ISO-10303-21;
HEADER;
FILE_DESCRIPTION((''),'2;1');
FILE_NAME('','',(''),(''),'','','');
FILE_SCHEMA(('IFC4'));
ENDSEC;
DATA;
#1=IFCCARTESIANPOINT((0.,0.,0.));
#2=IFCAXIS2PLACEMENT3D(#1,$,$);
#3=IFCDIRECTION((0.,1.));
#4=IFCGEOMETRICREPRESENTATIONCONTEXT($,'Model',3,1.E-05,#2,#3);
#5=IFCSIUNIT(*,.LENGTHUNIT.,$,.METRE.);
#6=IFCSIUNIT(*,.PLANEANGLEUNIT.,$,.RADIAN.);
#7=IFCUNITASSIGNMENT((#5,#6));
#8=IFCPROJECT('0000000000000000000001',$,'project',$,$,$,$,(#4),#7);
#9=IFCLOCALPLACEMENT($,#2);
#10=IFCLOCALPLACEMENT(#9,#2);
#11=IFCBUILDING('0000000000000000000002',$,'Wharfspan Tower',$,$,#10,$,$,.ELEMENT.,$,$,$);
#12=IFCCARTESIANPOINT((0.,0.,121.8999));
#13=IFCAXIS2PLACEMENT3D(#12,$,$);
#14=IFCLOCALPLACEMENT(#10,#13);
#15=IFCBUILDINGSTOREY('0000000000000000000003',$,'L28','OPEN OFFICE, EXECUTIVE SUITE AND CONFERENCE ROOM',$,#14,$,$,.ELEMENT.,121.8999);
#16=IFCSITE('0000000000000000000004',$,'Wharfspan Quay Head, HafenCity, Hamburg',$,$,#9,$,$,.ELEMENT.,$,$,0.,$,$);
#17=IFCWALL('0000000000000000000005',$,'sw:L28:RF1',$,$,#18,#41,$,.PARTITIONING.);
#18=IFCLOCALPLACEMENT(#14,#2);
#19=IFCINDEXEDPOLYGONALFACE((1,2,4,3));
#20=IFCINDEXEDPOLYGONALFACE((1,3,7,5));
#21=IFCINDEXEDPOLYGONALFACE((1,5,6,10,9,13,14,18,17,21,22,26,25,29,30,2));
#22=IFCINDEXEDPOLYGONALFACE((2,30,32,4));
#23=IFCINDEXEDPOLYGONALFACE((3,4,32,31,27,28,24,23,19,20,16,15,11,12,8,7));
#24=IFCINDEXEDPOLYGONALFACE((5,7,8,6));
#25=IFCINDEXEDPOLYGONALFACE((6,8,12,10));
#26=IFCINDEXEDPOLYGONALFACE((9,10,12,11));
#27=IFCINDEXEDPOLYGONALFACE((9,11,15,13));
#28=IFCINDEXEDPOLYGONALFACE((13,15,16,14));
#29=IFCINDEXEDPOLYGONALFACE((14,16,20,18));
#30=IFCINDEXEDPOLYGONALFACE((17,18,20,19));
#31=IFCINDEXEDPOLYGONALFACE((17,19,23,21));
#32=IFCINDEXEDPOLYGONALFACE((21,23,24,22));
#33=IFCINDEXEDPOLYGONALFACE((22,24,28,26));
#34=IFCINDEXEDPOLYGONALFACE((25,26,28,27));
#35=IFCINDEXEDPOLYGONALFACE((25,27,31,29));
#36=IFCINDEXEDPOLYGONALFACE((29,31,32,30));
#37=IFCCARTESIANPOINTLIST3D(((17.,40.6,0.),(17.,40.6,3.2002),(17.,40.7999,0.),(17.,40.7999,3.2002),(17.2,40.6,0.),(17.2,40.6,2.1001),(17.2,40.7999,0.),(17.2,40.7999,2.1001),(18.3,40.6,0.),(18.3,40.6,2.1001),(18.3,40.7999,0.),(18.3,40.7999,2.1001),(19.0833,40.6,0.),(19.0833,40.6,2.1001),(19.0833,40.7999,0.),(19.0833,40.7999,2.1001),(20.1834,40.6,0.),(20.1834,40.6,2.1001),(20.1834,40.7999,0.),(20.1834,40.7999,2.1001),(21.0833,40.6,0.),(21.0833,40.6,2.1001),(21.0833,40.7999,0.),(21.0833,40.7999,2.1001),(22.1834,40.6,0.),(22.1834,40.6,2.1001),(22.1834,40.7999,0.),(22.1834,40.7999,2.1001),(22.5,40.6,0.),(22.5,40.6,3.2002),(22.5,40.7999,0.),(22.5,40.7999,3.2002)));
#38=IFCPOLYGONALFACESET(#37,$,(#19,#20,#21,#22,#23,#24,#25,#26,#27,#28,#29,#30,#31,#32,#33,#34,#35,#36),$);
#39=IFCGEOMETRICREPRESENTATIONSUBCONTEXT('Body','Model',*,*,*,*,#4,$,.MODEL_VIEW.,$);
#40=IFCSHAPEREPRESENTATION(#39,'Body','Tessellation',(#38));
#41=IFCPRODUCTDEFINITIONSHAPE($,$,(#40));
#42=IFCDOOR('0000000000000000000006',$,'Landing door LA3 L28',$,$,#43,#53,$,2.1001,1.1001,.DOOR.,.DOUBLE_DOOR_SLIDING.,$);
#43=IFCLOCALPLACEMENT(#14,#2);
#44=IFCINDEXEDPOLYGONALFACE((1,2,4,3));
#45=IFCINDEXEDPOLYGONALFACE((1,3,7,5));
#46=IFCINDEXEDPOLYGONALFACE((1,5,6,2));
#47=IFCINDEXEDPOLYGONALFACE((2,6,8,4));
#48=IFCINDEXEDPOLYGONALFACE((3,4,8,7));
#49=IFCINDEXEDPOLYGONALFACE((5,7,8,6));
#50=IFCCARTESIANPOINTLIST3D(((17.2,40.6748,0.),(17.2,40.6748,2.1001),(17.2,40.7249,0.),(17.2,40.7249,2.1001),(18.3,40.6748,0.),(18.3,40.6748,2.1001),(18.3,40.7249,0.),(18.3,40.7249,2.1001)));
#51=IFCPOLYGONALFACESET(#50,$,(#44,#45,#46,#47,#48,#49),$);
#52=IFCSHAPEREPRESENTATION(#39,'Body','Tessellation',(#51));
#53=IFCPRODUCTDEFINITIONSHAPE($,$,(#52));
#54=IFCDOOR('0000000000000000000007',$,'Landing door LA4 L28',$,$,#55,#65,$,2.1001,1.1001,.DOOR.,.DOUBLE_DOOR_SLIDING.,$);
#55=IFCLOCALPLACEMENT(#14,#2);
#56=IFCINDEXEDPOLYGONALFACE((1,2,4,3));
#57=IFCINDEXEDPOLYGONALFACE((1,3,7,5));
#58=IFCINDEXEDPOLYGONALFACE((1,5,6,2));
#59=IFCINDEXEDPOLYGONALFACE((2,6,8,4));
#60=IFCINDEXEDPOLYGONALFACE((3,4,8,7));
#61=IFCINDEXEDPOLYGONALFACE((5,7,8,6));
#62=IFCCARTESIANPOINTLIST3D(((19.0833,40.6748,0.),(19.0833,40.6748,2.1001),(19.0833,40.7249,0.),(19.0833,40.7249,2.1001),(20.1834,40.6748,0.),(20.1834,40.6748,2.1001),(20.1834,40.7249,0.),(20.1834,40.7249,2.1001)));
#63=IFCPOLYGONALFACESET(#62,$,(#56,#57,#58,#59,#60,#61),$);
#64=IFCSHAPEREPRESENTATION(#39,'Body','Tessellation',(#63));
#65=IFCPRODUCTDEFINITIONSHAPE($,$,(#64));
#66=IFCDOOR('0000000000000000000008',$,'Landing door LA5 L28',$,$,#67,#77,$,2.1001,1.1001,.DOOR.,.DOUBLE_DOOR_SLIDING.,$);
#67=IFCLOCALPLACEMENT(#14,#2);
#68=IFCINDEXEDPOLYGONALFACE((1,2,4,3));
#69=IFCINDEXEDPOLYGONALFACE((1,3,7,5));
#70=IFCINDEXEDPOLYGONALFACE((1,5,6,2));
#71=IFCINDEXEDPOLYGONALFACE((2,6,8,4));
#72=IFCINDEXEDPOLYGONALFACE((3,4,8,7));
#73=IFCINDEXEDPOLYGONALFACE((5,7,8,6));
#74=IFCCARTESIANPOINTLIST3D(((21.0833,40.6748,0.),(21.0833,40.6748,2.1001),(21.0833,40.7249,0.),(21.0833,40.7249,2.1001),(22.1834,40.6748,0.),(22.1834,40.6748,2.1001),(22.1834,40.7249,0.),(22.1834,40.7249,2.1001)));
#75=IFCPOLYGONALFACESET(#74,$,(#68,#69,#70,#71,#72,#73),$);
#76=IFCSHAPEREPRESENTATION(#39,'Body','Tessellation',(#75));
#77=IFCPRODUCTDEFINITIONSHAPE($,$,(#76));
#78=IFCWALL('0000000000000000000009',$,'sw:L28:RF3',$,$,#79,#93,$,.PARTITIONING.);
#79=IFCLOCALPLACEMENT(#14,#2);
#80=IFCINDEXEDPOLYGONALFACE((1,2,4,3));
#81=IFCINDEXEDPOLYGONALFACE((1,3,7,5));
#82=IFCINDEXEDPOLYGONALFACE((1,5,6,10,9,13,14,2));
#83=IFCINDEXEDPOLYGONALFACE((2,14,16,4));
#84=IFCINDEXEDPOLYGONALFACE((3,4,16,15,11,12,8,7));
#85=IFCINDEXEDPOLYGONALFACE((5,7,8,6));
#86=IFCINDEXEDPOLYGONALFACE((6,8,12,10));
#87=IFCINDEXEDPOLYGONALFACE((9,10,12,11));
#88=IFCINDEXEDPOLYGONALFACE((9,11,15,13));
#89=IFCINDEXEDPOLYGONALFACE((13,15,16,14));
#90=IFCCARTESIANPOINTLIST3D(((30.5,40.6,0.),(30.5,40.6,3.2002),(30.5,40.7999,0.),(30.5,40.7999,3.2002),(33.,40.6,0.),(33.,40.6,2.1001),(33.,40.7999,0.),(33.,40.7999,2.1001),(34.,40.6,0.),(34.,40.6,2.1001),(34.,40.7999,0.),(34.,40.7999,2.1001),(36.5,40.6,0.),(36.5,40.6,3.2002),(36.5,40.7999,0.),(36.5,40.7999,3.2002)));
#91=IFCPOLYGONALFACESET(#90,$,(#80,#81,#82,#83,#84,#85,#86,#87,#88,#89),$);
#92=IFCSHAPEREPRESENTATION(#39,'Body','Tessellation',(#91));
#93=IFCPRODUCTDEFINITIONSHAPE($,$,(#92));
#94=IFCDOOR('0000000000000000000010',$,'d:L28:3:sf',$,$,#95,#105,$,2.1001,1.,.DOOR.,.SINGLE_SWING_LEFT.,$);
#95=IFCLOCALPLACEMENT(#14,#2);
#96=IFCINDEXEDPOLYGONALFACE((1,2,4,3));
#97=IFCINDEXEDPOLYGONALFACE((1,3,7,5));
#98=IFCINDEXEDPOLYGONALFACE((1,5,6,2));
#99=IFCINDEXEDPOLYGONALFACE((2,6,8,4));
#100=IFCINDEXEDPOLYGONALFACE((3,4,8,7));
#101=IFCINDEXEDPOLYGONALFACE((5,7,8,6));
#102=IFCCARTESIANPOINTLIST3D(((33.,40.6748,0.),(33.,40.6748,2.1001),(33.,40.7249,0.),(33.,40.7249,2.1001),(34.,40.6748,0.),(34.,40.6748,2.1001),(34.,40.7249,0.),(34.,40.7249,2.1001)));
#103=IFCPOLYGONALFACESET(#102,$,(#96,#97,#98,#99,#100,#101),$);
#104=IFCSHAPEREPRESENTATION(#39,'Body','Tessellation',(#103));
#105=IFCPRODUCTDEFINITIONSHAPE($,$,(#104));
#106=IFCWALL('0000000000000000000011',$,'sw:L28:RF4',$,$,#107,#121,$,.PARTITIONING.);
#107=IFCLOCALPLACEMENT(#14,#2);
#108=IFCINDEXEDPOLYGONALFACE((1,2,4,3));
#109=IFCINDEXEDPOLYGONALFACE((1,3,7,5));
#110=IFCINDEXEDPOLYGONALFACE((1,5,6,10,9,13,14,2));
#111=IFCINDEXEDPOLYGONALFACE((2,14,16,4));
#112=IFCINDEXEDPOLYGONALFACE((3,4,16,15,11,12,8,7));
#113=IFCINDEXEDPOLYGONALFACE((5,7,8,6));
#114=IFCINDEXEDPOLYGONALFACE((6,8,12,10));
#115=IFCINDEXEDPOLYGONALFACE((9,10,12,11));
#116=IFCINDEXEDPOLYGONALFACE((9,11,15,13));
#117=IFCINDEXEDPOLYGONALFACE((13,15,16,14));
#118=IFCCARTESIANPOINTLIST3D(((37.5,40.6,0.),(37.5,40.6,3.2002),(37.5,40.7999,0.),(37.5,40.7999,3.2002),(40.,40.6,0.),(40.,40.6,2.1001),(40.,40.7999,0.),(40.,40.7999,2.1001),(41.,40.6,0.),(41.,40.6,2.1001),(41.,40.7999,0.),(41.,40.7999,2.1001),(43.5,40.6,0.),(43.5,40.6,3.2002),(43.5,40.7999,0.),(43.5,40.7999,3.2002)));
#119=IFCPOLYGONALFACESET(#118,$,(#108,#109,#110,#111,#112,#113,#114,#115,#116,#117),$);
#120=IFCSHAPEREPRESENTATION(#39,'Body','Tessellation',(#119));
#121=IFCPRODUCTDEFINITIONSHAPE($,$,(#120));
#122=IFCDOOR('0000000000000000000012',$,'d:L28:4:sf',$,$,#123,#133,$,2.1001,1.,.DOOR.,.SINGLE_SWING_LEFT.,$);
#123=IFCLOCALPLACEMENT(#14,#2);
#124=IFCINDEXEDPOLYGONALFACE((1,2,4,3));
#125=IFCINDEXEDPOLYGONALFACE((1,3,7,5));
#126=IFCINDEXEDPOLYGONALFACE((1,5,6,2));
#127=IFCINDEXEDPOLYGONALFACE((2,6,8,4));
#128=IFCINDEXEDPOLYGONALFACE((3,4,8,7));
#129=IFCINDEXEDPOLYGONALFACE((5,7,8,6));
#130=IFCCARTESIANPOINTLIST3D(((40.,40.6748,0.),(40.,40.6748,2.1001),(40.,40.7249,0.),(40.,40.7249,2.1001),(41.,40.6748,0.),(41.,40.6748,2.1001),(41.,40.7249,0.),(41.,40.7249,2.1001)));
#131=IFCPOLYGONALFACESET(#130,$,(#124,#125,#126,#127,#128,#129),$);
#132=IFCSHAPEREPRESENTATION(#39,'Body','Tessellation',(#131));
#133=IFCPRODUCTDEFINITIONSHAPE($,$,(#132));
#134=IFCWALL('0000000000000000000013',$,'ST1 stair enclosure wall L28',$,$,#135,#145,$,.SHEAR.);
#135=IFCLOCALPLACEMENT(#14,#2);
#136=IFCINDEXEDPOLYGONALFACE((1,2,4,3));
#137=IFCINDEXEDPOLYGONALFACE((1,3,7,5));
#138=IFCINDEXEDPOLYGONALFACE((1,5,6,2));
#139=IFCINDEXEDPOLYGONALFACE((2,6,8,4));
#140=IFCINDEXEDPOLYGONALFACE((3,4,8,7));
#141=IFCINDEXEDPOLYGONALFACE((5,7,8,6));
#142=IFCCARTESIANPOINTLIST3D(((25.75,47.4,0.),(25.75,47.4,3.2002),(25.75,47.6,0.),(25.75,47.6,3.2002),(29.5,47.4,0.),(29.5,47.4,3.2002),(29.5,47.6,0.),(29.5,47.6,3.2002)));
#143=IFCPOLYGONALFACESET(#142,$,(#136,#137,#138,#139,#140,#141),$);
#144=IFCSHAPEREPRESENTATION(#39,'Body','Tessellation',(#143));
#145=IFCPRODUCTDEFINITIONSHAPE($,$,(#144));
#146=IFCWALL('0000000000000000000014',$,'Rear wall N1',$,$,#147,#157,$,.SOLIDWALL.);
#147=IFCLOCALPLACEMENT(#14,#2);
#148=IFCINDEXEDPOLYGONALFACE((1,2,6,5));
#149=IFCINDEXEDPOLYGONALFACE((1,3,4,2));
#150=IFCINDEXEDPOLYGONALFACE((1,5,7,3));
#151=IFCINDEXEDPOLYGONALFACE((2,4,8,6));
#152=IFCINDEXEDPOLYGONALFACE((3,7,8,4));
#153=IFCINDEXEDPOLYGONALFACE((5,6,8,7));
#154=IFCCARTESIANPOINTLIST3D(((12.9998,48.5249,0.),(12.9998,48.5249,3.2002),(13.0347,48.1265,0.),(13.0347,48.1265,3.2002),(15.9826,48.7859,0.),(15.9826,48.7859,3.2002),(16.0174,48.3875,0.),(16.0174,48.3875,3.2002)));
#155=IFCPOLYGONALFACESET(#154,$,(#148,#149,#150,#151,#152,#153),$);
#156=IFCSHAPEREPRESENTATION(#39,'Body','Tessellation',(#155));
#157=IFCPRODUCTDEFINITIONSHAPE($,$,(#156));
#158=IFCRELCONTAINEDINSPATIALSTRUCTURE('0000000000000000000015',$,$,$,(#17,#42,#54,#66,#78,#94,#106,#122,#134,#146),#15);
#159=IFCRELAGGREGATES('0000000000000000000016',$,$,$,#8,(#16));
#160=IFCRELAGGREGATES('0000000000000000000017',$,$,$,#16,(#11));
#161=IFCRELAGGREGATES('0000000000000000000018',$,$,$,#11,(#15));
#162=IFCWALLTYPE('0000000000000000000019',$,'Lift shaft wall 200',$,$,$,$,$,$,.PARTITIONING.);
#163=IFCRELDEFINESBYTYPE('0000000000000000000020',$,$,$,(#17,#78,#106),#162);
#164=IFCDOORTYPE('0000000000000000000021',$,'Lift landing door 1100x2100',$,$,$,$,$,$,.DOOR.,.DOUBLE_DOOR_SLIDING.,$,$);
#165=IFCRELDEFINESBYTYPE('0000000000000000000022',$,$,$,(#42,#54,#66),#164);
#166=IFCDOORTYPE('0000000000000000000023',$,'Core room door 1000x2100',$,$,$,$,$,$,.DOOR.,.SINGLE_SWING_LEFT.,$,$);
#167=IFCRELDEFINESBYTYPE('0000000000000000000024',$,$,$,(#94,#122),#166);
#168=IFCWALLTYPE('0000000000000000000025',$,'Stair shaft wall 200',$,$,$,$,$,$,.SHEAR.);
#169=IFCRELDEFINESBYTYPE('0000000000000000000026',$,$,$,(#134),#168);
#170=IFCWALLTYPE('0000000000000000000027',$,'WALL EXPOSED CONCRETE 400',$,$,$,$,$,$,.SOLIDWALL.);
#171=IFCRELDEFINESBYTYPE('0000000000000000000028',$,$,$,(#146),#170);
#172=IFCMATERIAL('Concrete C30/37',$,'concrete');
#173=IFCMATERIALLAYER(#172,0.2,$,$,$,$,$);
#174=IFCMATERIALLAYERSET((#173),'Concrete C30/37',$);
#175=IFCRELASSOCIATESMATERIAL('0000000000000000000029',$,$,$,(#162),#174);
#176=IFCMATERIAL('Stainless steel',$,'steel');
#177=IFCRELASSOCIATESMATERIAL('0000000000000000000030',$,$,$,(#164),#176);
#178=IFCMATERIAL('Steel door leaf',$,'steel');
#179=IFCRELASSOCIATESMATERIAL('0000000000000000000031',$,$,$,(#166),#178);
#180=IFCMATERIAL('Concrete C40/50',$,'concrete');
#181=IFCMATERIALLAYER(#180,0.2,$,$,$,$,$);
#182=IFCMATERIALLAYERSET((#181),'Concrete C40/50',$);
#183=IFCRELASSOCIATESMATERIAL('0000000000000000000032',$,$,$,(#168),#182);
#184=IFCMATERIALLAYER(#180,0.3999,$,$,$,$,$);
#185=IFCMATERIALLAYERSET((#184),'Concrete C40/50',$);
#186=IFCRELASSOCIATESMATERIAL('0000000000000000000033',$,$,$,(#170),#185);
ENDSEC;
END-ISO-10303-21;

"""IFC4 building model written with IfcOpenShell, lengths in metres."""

from ifc_helpers import new_model, si_unit, direction, frame, frame_2d, origin, place, context, subcontext, project, spatial, rectangle, extrude, material, layer, layer_set, type_object, element, fill, save


model = new_model("IFC4")

# Units and contexts
model_context = context("Model", 3, precision=1e-05, world=origin(), true_north=direction((0.0, 1.0)))
body_context = subcontext(model_context, "Body", "Model", "MODEL_VIEW")
ifc_project = project(units=[si_unit("LENGTHUNIT", "METRE"), si_unit("PLANEANGLEUNIT", "RADIAN")], contexts=[model_context])

# Site, building, storey
site_placement = place(None, origin())
site = spatial("IfcSite", under=ifc_project, at=site_placement, Name="Wharfspan Quay Head, HafenCity, Hamburg", CompositionType="ELEMENT", RefElevation=0.0)
building_placement = place(site_placement, origin())
building = spatial("IfcBuilding", under=site, at=building_placement, Name="Wharfspan Tower", CompositionType="ELEMENT")
storey_placement = place(building_placement, frame((0.0, 0.0, 121.8999)))
storey = spatial("IfcBuildingStorey", under=building, at=storey_placement, Name="L28", Description="OPEN OFFICE, EXECUTIVE SUITE AND CONFERENCE ROOM", CompositionType="ELEMENT", Elevation=121.8999)

# Wall, openings, doors
ifc_material_1 = material(Name="Concrete C30/37", Category="concrete")
ifc_layer_1 = layer(ifc_material_1, 0.2)
ifc_layer_set_1 = layer_set([ifc_layer_1], Name="Concrete C30/37")
wall_type_1 = type_object("IfcWallType", Name="Lift shaft wall 200", PredefinedType="PARTITIONING", material=ifc_layer_set_1)
wall_1_placement = place(storey_placement, frame((17.0, 40.7, 0.0), z_axis=(0.0, 0.0, 1.0), x_axis=(1.0, 0.0, 0.0)))
wall_1 = element("IfcWall", 1, at=wall_1_placement, inside=storey, type_object=wall_type_1, Name="sw:L28:RF1", PredefinedType="PARTITIONING", context=body_context, shape_type="SweptSolid", body=[
    extrude(rectangle(XDim=5.5, YDim=0.2, at=frame_2d((2.75, 0.0))), origin(), (0.0, 0.0, 1.0), 3.2002),
])
opening_1_placement = place(wall_1_placement, frame((0.2, 0.0, 0.0)))
opening_1 = element("IfcOpeningElement", 2, at=opening_1_placement, cuts=wall_1, PredefinedType="OPENING", context=body_context, shape_type="SweptSolid", body=[
    extrude(rectangle(XDim=1.1001, YDim=2.1001, at=frame_2d((0.55, 1.05))), frame((0.0, 0.1099, 0.0), z_axis=(0.0, -1.0, 0.0), x_axis=(1.0, 0.0, 0.0)), (0.0, 0.0, 1.0), 0.22),
])
opening_2_placement = place(wall_1_placement, frame((2.0833, 0.0, 0.0)))
opening_2 = element("IfcOpeningElement", 3, at=opening_2_placement, cuts=wall_1, PredefinedType="OPENING", context=body_context, shape_type="SweptSolid", body=[
    extrude(rectangle(XDim=1.1001, YDim=2.1001, at=frame_2d((0.55, 1.05))), frame((0.0, 0.1099, 0.0), z_axis=(0.0, -1.0, 0.0), x_axis=(1.0, 0.0, 0.0)), (0.0, 0.0, 1.0), 0.22),
])
opening_3_placement = place(wall_1_placement, frame((4.0833, 0.0, 0.0)))
opening_3 = element("IfcOpeningElement", 4, at=opening_3_placement, cuts=wall_1, PredefinedType="OPENING", context=body_context, shape_type="SweptSolid", body=[
    extrude(rectangle(XDim=1.1001, YDim=2.1001, at=frame_2d((0.55, 1.05))), frame((0.0, 0.1099, 0.0), z_axis=(0.0, -1.0, 0.0), x_axis=(1.0, 0.0, 0.0)), (0.0, 0.0, 1.0), 0.22),
])
ifc_material_2 = material(Name="Stainless steel", Category="steel")
door_type_1 = type_object("IfcDoorType", Name="Lift landing door 1100x2100", OperationType="DOUBLE_DOOR_SLIDING", PredefinedType="DOOR", material=ifc_material_2)
door_1_placement = place(opening_1_placement, origin())
door_1 = element("IfcDoor", 5, at=door_1_placement, inside=storey, type_object=door_type_1, Name="Landing door LA3 L28", OperationType="DOUBLE_DOOR_SLIDING", OverallHeight=2.1001, OverallWidth=1.1001, PredefinedType="DOOR", context=body_context, shape_type="SweptSolid", body=[
    extrude(rectangle(XDim=1.1001, YDim=2.1001, at=frame_2d((0.55, 1.05))), frame((0.0, 0.0249, 0.0), z_axis=(0.0, -1.0, 0.0), x_axis=(1.0, 0.0, 0.0)), (0.0, 0.0, 1.0), 0.05),
])
fill(opening_1, door_1)
door_2_placement = place(opening_2_placement, origin())
door_2 = element("IfcDoor", 6, at=door_2_placement, inside=storey, type_object=door_type_1, Name="Landing door LA4 L28", OperationType="DOUBLE_DOOR_SLIDING", OverallHeight=2.1001, OverallWidth=1.1001, PredefinedType="DOOR", context=body_context, shape_type="SweptSolid", body=[
    extrude(rectangle(XDim=1.1001, YDim=2.1001, at=frame_2d((0.55, 1.05))), frame((0.0, 0.0249, 0.0), z_axis=(0.0, -1.0, 0.0), x_axis=(1.0, 0.0, 0.0)), (0.0, 0.0, 1.0), 0.05),
])
fill(opening_2, door_2)
door_3_placement = place(opening_3_placement, origin())
door_3 = element("IfcDoor", 7, at=door_3_placement, inside=storey, type_object=door_type_1, Name="Landing door LA5 L28", OperationType="DOUBLE_DOOR_SLIDING", OverallHeight=2.1001, OverallWidth=1.1001, PredefinedType="DOOR", context=body_context, shape_type="SweptSolid", body=[
    extrude(rectangle(XDim=1.1001, YDim=2.1001, at=frame_2d((0.55, 1.05))), frame((0.0, 0.0249, 0.0), z_axis=(0.0, -1.0, 0.0), x_axis=(1.0, 0.0, 0.0)), (0.0, 0.0, 1.0), 0.05),
])
fill(opening_3, door_3)

# Walls, openings, doors
wall_2_placement = place(storey_placement, frame((30.5, 40.7, 0.0), z_axis=(0.0, 0.0, 1.0), x_axis=(1.0, 0.0, 0.0)))
wall_2 = element("IfcWall", 8, at=wall_2_placement, inside=storey, type_object=wall_type_1, Name="sw:L28:RF3", PredefinedType="PARTITIONING", context=body_context, shape_type="SweptSolid", body=[
    extrude(rectangle(XDim=6.0, YDim=0.2, at=frame_2d((3.0, 0.0))), origin(), (0.0, 0.0, 1.0), 3.2002),
])
opening_4_placement = place(wall_2_placement, frame((2.5, 0.0, 0.0)))
opening_4 = element("IfcOpeningElement", 9, at=opening_4_placement, cuts=wall_2, PredefinedType="OPENING", context=body_context, shape_type="SweptSolid", body=[
    extrude(rectangle(XDim=1.0, YDim=2.1001, at=frame_2d((0.5, 1.05))), frame((0.0, 0.1099, 0.0), z_axis=(0.0, -1.0, 0.0), x_axis=(1.0, 0.0, 0.0)), (0.0, 0.0, 1.0), 0.22),
])
ifc_material_3 = material(Name="Steel door leaf", Category="steel")
door_type_2 = type_object("IfcDoorType", Name="Core room door 1000x2100", OperationType="SINGLE_SWING_LEFT", PredefinedType="DOOR", material=ifc_material_3)
door_4_placement = place(opening_4_placement, origin())
door_4 = element("IfcDoor", 10, at=door_4_placement, inside=storey, type_object=door_type_2, Name="d:L28:3:sf", OperationType="SINGLE_SWING_LEFT", OverallHeight=2.1001, OverallWidth=1.0, PredefinedType="DOOR", context=body_context, shape_type="SweptSolid", body=[
    extrude(rectangle(XDim=1.0, YDim=2.1001, at=frame_2d((0.5, 1.05))), frame((0.0, 0.0249, 0.0), z_axis=(0.0, -1.0, 0.0), x_axis=(1.0, 0.0, 0.0)), (0.0, 0.0, 1.0), 0.05),
])
fill(opening_4, door_4)
wall_3_placement = place(storey_placement, frame((37.5, 40.7, 0.0), z_axis=(0.0, 0.0, 1.0), x_axis=(1.0, 0.0, 0.0)))
wall_3 = element("IfcWall", 11, at=wall_3_placement, inside=storey, type_object=wall_type_1, Name="sw:L28:RF4", PredefinedType="PARTITIONING", context=body_context, shape_type="SweptSolid", body=[
    extrude(rectangle(XDim=6.0, YDim=0.2, at=frame_2d((3.0, 0.0))), origin(), (0.0, 0.0, 1.0), 3.2002),
])
opening_5_placement = place(wall_3_placement, frame((2.5, 0.0, 0.0)))
opening_5 = element("IfcOpeningElement", 12, at=opening_5_placement, cuts=wall_3, PredefinedType="OPENING", context=body_context, shape_type="SweptSolid", body=[
    extrude(rectangle(XDim=1.0, YDim=2.1001, at=frame_2d((0.5, 1.05))), frame((0.0, 0.1099, 0.0), z_axis=(0.0, -1.0, 0.0), x_axis=(1.0, 0.0, 0.0)), (0.0, 0.0, 1.0), 0.22),
])
door_5_placement = place(opening_5_placement, origin())
door_5 = element("IfcDoor", 13, at=door_5_placement, inside=storey, type_object=door_type_2, Name="d:L28:4:sf", OperationType="SINGLE_SWING_LEFT", OverallHeight=2.1001, OverallWidth=1.0, PredefinedType="DOOR", context=body_context, shape_type="SweptSolid", body=[
    extrude(rectangle(XDim=1.0, YDim=2.1001, at=frame_2d((0.5, 1.05))), frame((0.0, 0.0249, 0.0), z_axis=(0.0, -1.0, 0.0), x_axis=(1.0, 0.0, 0.0)), (0.0, 0.0, 1.0), 0.05),
])
fill(opening_5, door_5)

# Walls
ifc_material_4 = material(Name="Concrete C40/50", Category="concrete")
ifc_layer_2 = layer(ifc_material_4, 0.2)
ifc_layer_set_2 = layer_set([ifc_layer_2], Name="Concrete C40/50")
wall_type_2 = type_object("IfcWallType", Name="Stair shaft wall 200", PredefinedType="SHEAR", material=ifc_layer_set_2)
wall_4_placement = place(storey_placement, frame((25.75, 47.5, 0.0), z_axis=(0.0, 0.0, 1.0), x_axis=(1.0, 0.0, 0.0)))
element("IfcWall", 14, at=wall_4_placement, inside=storey, type_object=wall_type_2, Name="ST1 stair enclosure wall L28", PredefinedType="SHEAR", context=body_context, shape_type="SweptSolid", body=[
    extrude(rectangle(XDim=3.75, YDim=0.2, at=frame_2d((1.875, 0.0))), origin(), (0.0, 0.0, 1.0), 3.2002),
])
ifc_layer_3 = layer(ifc_material_4, 0.3999)
ifc_layer_set_3 = layer_set([ifc_layer_3], Name="Concrete C40/50")
wall_type_3 = type_object("IfcWallType", Name="WALL EXPOSED CONCRETE 400", PredefinedType="SOLIDWALL", material=ifc_layer_set_3)
wall_5_placement = place(storey_placement, frame((16.0, 48.5867, 0.0), z_axis=(0.0, 0.0, 1.0), x_axis=(-0.996194, -0.087168, 0.0)))
element("IfcWall", 15, at=wall_5_placement, inside=storey, type_object=wall_type_3, Name="Rear wall N1", PredefinedType="SOLIDWALL", context=body_context, shape_type="SweptSolid", body=[
    extrude(rectangle(XDim=2.9941, YDim=0.3999, at=frame_2d((1.4971, 0.0))), origin(), (0.0, 0.0, 1.0), 3.2002),
])

save(model, "model.ifc")
